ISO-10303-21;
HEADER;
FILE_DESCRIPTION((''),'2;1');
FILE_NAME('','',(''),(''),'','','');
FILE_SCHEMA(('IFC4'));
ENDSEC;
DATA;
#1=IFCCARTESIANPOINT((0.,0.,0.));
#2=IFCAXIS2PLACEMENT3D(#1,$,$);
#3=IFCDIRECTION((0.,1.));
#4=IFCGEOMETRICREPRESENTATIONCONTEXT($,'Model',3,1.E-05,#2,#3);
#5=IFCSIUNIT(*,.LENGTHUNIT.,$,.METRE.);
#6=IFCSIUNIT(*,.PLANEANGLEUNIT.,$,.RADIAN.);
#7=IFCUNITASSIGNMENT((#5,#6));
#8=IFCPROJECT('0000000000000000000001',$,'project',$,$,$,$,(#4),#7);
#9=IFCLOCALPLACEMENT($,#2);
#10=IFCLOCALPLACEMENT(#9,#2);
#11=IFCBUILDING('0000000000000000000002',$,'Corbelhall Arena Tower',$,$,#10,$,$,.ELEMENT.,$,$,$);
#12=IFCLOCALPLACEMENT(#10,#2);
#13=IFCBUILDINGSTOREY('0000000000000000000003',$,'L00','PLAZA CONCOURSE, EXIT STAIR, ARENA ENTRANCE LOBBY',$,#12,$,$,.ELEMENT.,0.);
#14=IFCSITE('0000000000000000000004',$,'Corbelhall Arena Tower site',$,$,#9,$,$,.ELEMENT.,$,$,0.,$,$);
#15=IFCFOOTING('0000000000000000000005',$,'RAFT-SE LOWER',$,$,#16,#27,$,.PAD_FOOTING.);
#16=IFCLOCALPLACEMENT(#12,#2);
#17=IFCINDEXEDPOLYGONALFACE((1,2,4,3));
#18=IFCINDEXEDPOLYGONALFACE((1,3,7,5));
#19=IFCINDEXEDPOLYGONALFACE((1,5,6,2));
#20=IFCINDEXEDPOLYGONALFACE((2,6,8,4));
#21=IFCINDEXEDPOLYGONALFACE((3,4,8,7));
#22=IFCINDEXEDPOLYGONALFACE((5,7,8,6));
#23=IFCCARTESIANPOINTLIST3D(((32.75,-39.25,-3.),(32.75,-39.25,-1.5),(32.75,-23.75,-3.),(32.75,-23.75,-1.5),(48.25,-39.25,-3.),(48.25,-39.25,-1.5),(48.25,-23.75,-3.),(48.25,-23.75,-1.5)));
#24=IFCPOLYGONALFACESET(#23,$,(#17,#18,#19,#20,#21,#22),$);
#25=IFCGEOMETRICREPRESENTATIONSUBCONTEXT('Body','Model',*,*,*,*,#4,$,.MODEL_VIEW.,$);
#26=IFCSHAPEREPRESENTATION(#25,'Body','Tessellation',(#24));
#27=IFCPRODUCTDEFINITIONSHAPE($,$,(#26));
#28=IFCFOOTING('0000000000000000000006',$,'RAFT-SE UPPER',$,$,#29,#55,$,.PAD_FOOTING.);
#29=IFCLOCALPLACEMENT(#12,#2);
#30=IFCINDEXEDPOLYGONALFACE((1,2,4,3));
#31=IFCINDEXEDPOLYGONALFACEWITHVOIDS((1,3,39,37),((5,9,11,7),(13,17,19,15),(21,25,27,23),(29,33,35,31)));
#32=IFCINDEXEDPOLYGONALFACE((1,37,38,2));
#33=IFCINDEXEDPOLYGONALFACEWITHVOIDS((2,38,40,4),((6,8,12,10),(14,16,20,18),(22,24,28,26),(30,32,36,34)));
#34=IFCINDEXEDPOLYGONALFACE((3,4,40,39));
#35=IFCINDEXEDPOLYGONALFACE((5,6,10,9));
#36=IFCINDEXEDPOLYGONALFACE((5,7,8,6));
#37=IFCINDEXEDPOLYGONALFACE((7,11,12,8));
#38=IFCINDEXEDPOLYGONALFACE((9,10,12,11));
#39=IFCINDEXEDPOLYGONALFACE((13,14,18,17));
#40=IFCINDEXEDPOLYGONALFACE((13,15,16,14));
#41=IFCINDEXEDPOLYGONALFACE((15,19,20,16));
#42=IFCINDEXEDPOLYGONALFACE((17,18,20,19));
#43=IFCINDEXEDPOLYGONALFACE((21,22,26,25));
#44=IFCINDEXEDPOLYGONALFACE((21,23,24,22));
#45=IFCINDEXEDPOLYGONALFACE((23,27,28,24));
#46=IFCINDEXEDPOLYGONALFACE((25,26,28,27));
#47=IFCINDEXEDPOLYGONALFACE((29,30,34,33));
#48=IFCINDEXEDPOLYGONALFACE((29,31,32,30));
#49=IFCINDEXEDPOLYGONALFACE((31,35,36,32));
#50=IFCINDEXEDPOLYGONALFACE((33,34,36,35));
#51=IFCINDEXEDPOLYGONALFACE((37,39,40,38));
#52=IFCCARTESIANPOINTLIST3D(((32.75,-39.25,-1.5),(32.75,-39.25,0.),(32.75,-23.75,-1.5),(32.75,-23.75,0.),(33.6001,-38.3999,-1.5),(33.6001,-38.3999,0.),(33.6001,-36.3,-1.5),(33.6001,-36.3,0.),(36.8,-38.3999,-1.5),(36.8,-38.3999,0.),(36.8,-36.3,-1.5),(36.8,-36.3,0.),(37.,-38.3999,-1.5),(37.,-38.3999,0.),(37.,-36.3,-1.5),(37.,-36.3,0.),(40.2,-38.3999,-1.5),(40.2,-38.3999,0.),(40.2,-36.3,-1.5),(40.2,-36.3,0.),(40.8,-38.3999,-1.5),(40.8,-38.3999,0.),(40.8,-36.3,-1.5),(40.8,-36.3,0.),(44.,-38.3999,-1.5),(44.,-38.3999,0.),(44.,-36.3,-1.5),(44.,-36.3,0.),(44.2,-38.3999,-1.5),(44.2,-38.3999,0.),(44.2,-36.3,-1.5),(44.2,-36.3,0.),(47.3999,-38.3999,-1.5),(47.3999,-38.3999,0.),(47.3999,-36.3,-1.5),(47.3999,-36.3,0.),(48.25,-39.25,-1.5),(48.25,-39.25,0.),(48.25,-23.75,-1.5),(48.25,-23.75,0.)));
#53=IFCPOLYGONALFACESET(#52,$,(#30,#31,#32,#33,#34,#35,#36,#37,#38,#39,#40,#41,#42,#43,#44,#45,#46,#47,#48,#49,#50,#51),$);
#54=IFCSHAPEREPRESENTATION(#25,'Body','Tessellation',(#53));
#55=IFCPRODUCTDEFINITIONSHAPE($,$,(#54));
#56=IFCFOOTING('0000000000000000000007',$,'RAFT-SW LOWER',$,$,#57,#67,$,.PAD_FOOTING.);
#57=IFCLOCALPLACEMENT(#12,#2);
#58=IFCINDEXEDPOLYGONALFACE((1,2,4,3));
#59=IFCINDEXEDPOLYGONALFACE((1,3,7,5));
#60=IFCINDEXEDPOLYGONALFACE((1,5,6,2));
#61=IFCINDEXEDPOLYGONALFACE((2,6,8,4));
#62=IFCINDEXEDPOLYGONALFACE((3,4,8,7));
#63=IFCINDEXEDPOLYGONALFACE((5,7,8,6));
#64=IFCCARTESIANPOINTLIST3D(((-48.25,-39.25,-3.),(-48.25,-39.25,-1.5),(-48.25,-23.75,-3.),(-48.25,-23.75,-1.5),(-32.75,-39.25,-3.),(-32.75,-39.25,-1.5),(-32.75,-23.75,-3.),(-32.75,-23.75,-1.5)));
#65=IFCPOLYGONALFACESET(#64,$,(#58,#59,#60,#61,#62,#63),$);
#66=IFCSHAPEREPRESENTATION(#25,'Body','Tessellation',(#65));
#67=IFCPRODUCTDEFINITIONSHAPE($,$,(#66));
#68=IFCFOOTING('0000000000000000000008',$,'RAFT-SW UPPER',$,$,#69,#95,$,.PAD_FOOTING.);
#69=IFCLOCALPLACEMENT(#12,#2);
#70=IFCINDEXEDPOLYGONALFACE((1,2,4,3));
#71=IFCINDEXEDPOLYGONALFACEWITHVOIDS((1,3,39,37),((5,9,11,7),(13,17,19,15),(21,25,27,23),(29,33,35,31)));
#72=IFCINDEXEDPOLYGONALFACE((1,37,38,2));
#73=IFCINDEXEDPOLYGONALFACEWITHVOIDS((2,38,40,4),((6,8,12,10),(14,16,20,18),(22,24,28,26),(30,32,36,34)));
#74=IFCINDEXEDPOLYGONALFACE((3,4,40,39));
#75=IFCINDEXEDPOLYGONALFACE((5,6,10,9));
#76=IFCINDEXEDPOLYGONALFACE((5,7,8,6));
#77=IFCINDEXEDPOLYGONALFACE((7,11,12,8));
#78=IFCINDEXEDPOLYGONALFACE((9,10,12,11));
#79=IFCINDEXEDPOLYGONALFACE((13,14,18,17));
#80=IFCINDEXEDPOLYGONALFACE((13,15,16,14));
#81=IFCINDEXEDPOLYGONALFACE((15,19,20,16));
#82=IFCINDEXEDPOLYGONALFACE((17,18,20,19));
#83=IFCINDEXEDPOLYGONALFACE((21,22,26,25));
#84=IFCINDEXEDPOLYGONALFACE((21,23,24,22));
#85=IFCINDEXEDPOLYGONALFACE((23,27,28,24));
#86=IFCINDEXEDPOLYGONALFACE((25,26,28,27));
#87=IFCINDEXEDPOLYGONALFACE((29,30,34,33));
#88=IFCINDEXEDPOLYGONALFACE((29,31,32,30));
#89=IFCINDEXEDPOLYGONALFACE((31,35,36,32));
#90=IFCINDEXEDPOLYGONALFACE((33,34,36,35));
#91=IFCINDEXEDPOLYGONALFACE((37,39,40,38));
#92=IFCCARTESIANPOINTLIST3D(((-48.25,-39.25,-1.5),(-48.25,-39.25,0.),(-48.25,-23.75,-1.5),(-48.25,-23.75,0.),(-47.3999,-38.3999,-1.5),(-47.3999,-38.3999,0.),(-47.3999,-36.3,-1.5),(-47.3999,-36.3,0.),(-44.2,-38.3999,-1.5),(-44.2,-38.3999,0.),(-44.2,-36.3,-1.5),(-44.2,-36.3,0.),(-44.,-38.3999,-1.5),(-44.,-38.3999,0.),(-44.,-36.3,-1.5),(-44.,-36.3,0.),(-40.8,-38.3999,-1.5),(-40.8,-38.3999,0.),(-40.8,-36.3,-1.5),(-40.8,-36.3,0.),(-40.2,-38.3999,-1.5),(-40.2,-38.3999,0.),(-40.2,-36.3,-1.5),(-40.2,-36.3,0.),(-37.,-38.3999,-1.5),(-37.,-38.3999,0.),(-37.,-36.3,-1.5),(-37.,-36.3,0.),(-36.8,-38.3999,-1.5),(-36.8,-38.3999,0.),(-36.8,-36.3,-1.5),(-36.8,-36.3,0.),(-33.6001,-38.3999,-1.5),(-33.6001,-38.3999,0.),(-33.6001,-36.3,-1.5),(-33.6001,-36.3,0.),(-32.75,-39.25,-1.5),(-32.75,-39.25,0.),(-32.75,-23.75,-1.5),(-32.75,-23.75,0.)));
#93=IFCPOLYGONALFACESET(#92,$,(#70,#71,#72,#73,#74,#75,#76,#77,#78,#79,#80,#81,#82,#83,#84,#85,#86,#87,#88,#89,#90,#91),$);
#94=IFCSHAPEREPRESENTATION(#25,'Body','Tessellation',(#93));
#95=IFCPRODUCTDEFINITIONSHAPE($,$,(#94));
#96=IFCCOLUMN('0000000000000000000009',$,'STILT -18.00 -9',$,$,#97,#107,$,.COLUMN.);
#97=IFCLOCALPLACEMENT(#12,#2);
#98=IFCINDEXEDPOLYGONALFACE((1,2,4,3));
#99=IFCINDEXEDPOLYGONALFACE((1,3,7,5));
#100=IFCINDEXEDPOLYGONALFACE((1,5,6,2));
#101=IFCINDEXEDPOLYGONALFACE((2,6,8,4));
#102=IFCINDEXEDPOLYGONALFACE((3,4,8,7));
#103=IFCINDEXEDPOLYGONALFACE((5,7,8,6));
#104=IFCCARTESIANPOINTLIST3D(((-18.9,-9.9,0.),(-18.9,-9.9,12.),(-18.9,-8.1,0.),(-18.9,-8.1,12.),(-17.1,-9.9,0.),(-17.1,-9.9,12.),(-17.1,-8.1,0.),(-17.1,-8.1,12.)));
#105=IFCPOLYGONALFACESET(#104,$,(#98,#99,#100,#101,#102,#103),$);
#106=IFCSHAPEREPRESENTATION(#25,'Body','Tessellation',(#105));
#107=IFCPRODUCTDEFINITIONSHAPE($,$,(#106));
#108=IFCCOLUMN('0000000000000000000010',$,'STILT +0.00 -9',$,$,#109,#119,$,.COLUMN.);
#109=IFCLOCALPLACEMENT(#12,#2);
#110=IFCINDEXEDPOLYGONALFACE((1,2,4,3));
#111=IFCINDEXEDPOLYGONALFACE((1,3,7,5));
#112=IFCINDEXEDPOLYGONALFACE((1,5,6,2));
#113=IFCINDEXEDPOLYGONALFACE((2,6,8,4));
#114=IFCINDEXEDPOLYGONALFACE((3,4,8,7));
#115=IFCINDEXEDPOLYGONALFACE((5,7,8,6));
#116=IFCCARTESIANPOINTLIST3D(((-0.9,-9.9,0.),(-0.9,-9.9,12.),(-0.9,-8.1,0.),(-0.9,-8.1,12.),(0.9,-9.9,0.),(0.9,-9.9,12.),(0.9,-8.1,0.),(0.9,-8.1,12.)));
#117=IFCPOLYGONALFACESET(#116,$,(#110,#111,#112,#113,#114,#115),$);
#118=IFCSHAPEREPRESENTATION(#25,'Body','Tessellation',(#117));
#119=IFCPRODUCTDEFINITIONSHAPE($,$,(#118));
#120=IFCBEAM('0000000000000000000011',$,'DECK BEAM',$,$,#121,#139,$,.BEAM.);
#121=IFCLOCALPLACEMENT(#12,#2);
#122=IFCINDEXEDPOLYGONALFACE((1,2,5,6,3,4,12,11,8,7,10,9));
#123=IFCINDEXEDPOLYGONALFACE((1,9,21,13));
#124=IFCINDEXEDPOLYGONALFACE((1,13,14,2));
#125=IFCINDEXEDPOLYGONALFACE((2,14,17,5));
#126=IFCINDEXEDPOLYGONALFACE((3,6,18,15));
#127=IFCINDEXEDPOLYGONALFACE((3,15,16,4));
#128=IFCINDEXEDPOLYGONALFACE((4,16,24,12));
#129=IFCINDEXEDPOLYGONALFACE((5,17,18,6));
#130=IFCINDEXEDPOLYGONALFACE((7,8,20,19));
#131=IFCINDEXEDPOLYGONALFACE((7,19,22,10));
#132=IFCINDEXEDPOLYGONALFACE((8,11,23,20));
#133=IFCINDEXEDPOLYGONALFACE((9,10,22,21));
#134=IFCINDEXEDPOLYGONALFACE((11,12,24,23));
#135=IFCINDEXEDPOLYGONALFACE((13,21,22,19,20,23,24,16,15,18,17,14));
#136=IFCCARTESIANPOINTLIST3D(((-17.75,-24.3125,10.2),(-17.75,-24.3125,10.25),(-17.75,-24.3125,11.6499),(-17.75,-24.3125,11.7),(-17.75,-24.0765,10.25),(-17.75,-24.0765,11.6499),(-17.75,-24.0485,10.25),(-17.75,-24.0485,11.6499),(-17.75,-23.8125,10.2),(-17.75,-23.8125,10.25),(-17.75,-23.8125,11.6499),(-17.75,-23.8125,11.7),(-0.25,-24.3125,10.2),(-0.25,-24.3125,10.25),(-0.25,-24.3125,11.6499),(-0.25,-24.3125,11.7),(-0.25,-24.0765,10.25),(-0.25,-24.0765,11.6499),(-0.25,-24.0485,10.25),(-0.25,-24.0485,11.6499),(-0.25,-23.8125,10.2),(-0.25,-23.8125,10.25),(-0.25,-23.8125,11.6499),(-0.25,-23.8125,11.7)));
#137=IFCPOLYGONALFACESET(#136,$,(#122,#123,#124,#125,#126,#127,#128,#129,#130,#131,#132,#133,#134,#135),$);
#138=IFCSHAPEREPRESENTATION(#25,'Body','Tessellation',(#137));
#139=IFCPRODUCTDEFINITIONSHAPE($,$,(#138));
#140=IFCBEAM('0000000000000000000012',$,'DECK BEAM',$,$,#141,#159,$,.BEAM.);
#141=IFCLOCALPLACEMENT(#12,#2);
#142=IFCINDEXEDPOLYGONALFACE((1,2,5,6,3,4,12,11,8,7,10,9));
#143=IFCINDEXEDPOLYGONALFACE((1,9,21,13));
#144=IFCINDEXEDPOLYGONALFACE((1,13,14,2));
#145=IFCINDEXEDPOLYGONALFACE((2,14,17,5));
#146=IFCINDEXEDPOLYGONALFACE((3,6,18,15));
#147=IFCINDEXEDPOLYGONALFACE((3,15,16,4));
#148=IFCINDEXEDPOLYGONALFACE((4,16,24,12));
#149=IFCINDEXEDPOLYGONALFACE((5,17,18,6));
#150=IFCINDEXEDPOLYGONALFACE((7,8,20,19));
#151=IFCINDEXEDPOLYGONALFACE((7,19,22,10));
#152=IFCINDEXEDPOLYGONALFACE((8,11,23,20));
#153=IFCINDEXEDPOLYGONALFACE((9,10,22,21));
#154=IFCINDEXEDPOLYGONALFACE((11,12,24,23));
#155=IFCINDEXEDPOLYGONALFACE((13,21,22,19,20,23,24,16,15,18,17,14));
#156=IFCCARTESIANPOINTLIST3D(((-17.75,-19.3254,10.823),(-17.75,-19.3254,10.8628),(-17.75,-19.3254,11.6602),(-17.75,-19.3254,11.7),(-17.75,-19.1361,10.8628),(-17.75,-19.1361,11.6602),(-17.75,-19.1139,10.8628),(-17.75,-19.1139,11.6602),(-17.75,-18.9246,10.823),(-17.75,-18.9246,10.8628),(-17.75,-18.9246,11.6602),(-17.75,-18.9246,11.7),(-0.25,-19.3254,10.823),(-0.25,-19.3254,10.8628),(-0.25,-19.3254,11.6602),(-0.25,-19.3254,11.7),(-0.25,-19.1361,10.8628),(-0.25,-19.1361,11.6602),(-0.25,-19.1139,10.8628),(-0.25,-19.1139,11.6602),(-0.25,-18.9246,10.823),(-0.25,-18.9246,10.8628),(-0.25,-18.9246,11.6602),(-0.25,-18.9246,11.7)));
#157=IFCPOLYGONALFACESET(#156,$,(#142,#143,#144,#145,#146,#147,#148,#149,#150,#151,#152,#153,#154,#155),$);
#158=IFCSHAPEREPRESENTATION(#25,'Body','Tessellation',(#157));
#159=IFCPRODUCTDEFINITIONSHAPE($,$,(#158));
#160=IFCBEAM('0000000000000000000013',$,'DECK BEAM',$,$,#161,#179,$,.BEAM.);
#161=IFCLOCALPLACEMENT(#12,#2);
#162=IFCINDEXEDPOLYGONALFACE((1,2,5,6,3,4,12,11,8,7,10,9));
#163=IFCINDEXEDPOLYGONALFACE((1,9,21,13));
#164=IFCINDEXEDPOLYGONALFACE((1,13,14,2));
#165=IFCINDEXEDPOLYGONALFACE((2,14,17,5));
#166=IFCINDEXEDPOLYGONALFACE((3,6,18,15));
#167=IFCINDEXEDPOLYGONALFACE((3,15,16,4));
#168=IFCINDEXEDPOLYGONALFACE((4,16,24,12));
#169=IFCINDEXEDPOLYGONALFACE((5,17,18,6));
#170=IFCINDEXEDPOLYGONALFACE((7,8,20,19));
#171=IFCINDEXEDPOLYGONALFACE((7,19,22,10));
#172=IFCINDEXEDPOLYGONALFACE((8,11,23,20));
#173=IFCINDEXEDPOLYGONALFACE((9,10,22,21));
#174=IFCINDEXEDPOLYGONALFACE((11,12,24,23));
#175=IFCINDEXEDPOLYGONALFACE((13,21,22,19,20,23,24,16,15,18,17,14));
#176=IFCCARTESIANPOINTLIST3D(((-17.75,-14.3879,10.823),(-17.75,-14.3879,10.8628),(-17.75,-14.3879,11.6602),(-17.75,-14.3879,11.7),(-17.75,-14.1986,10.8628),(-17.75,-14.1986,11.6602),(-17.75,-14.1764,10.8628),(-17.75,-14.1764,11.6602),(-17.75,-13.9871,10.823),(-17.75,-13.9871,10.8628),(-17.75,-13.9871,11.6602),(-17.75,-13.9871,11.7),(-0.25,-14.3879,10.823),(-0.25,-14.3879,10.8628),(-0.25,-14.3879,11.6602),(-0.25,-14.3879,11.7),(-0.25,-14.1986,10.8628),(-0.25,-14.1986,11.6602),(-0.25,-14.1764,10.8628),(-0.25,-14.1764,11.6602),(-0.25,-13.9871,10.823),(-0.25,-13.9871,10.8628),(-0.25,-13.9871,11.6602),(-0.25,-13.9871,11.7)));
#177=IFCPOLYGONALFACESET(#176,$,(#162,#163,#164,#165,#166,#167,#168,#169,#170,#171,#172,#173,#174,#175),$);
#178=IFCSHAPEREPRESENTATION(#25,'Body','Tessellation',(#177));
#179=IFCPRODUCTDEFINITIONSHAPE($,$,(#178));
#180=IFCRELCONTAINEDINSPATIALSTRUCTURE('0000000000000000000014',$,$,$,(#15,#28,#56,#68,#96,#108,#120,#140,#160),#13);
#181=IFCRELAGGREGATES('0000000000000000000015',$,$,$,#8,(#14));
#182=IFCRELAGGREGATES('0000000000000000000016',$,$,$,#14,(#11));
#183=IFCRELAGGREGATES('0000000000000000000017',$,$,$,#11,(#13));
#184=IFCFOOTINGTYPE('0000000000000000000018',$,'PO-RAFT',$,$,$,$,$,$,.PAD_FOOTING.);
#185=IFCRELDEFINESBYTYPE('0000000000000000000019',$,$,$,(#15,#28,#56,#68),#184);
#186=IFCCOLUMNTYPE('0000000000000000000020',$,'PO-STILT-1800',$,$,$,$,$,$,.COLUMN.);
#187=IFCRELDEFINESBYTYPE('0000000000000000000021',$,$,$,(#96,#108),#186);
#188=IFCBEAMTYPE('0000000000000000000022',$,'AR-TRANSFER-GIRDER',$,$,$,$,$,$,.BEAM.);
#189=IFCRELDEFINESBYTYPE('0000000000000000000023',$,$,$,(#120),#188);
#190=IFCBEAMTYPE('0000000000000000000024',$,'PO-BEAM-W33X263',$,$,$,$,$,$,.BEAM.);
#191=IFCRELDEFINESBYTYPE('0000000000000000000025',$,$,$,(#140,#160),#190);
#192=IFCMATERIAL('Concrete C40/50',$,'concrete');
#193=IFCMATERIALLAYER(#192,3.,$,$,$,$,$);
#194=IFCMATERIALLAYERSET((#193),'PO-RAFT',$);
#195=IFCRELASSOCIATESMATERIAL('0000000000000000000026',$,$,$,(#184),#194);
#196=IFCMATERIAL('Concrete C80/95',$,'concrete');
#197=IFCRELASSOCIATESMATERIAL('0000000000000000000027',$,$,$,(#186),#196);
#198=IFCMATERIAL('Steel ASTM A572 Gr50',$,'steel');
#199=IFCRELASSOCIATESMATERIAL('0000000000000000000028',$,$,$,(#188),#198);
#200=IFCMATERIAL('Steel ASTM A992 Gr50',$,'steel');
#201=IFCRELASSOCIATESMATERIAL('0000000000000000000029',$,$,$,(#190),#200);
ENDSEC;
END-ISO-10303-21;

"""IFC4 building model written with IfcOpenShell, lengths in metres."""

from ifc_helpers import new_model, si_unit, direction, frame, origin, origin_2d, place, context, subcontext, project, spatial, polyline, rectangle, i_section, outline, extrude, material, layer, layer_set, material_profile, profile_set, type_object, element, save


model = new_model("IFC4")

# Units and contexts
model_context = context("Model", 3, precision=1e-05, world=origin(), true_north=direction((0.0, 1.0)))
body_context = subcontext(model_context, "Body", "Model", "MODEL_VIEW")
ifc_project = project(units=[si_unit("LENGTHUNIT", "METRE"), si_unit("PLANEANGLEUNIT", "RADIAN")], contexts=[model_context])

# Site, building, storey
site_placement = place(None, origin())
site = spatial("IfcSite", under=ifc_project, at=site_placement, Name="Corbelhall Arena Tower site", CompositionType="ELEMENT", RefElevation=0.0)
building_placement = place(site_placement, origin())
building = spatial("IfcBuilding", under=site, at=building_placement, Name="Corbelhall Arena Tower", CompositionType="ELEMENT")
storey_placement = place(building_placement, origin())
storey = spatial("IfcBuildingStorey", under=building, at=storey_placement, Name="L00", Description="PLAZA CONCOURSE, EXIT STAIR, ARENA ENTRANCE LOBBY", CompositionType="ELEMENT", Elevation=0.0)

# Shared definitions
ifc_material_1 = material(Name="Concrete C40/50", Category="concrete")

# Footings
ifc_layer_1 = layer(ifc_material_1, 3.0)
ifc_layer_set_1 = layer_set([ifc_layer_1], Name="PO-RAFT")
footing_type = type_object("IfcFootingType", Name="PO-RAFT", PredefinedType="PAD_FOOTING", material=ifc_layer_set_1)
footing_1_placement = place(storey_placement, frame((0.0, 0.0, -3.0)))
element("IfcFooting", 1, at=footing_1_placement, inside=storey, type_object=footing_type, Name="RAFT-SE LOWER", PredefinedType="PAD_FOOTING", context=body_context, shape_type="SweptSolid", body=[
    extrude(outline(polyline([(32.75, -39.25), (48.25, -39.25), (48.25, -23.75), (32.75, -23.75), (32.75, -39.25)])), origin(), (0.0, 0.0, 1.0), 1.5),
])
footing_2_placement = place(storey_placement, frame((0.0, 0.0, -1.5)))
element("IfcFooting", 2, at=footing_2_placement, inside=storey, type_object=footing_type, Name="RAFT-SE UPPER", PredefinedType="PAD_FOOTING", context=body_context, shape_type="SweptSolid", body=[
    extrude(outline(polyline([(32.75, -39.25), (48.25, -39.25), (48.25, -23.75), (32.75, -23.75), (32.75, -39.25)]), holes=[polyline([(33.6001, -38.3999), (36.8, -38.3999), (36.8, -36.3), (33.6001, -36.3), (33.6001, -38.3999)]), polyline([(37.0, -38.3999), (40.2, -38.3999), (40.2, -36.3), (37.0, -36.3), (37.0, -38.3999)]), polyline([(40.8, -38.3999), (44.0, -38.3999), (44.0, -36.3), (40.8, -36.3), (40.8, -38.3999)]), polyline([(44.2, -38.3999), (47.3999, -38.3999), (47.3999, -36.3), (44.2, -36.3), (44.2, -38.3999)])]), origin(), (0.0, 0.0, 1.0), 1.5),
])
footing_3_placement = place(storey_placement, frame((0.0, 0.0, -3.0)))
element("IfcFooting", 3, at=footing_3_placement, inside=storey, type_object=footing_type, Name="RAFT-SW LOWER", PredefinedType="PAD_FOOTING", context=body_context, shape_type="SweptSolid", body=[
    extrude(outline(polyline([(-48.25, -39.25), (-32.75, -39.25), (-32.75, -23.75), (-48.25, -23.75), (-48.25, -39.25)])), origin(), (0.0, 0.0, 1.0), 1.5),
])
footing_4_placement = place(storey_placement, frame((0.0, 0.0, -1.5)))
element("IfcFooting", 4, at=footing_4_placement, inside=storey, type_object=footing_type, Name="RAFT-SW UPPER", PredefinedType="PAD_FOOTING", context=body_context, shape_type="SweptSolid", body=[
    extrude(outline(polyline([(-48.25, -39.25), (-32.75, -39.25), (-32.75, -23.75), (-48.25, -23.75), (-48.25, -39.25)]), holes=[polyline([(-40.2, -38.3999), (-37.0, -38.3999), (-37.0, -36.3), (-40.2, -36.3), (-40.2, -38.3999)]), polyline([(-36.8, -38.3999), (-33.6001, -38.3999), (-33.6001, -36.3), (-36.8, -36.3), (-36.8, -38.3999)]), polyline([(-47.3999, -38.3999), (-44.2, -38.3999), (-44.2, -36.3), (-47.3999, -36.3), (-47.3999, -38.3999)]), polyline([(-44.0, -38.3999), (-40.8, -38.3999), (-40.8, -36.3), (-44.0, -36.3), (-44.0, -38.3999)])]), origin(), (0.0, 0.0, 1.0), 1.5),
])

# Columns
ifc_material_2 = material(Name="Concrete C80/95", Category="concrete")
ifc_material_profile_1 = material_profile(ifc_material_2, rectangle(XDim=1.8, YDim=1.8, at=origin_2d()))
ifc_profile_set_1 = profile_set([ifc_material_profile_1], Name="Concrete C80/95")
column_type = type_object("IfcColumnType", Name="PO-STILT-1800", PredefinedType="COLUMN", material=ifc_profile_set_1)
for number, where, z_axis, x_axis, name in (
    (5, (-18.0, -9.0, 0.0), (0.0, 0.0, 1.0), (1.0, 0.0, 0.0), "STILT -18.00 -9"),
    (6, (0.0, -9.0, 0.0), (0.0, 0.0, 1.0), (1.0, 0.0, 0.0), "STILT +0.00 -9"),
):
    element("IfcColumn", number, at=place(storey_placement, frame(where, z_axis=z_axis, x_axis=x_axis)), inside=storey, type_object=column_type, Name=name, PredefinedType="COLUMN", context=body_context, shape_type="SweptSolid", body=[
        extrude(rectangle(XDim=1.8, YDim=1.8, at=origin_2d()), origin(), (0.0, 0.0, 1.0), 12.0),
    ])

# Beams
ifc_material_3 = material(Name="Steel ASTM A572 Gr50", Category="steel")
ifc_material_profile_2 = material_profile(ifc_material_3, i_section(OverallWidth=0.5, OverallDepth=1.5, WebThickness=0.0281, FlangeThickness=0.05, at=origin_2d()))
ifc_profile_set_2 = profile_set([ifc_material_profile_2], Name="Steel ASTM A572 Gr50")
beam_type_1 = type_object("IfcBeamType", Name="AR-TRANSFER-GIRDER", PredefinedType="BEAM", material=ifc_profile_set_2)
beam_1_placement = place(storey_placement, frame((-17.75, -24.0625, 10.95), z_axis=(1.0, 0.0, 0.0), x_axis=(0.0, 1.0, 0.0)))
element("IfcBeam", 7, at=beam_1_placement, inside=storey, type_object=beam_type_1, Name="DECK BEAM", PredefinedType="BEAM", context=body_context, shape_type="SweptSolid", body=[
    extrude(i_section(OverallWidth=0.5, OverallDepth=1.5, WebThickness=0.0281, FlangeThickness=0.05, at=origin_2d()), origin(), (0.0, 0.0, 1.0), 17.5),
])
ifc_material_4 = material(Name="Steel ASTM A992 Gr50", Category="steel")
ifc_material_profile_3 = material_profile(ifc_material_4, i_section(OverallWidth=0.4009, OverallDepth=0.877, WebThickness=0.0222, FlangeThickness=0.0398, at=origin_2d()))
ifc_profile_set_3 = profile_set([ifc_material_profile_3], Name="Steel ASTM A992 Gr50")
beam_type_2 = type_object("IfcBeamType", Name="PO-BEAM-W33X263", PredefinedType="BEAM", material=ifc_profile_set_3)
for number, where, z_axis, x_axis, name in (
    (8, (-17.75, -19.125, 11.2615), (1.0, 0.0, 0.0), (0.0, 1.0, 0.0), "DECK BEAM"),
    (9, (-17.75, -14.1875, 11.2615), (1.0, 0.0, 0.0), (0.0, 1.0, 0.0), "DECK BEAM"),
):
    element("IfcBeam", number, at=place(storey_placement, frame(where, z_axis=z_axis, x_axis=x_axis)), inside=storey, type_object=beam_type_2, Name=name, PredefinedType="BEAM", context=body_context, shape_type="SweptSolid", body=[
        extrude(i_section(OverallWidth=0.4009, OverallDepth=0.877, WebThickness=0.0222, FlangeThickness=0.0398, at=origin_2d()), origin(), (0.0, 0.0, 1.0), 17.5),
    ])

save(model, "model.ifc")
